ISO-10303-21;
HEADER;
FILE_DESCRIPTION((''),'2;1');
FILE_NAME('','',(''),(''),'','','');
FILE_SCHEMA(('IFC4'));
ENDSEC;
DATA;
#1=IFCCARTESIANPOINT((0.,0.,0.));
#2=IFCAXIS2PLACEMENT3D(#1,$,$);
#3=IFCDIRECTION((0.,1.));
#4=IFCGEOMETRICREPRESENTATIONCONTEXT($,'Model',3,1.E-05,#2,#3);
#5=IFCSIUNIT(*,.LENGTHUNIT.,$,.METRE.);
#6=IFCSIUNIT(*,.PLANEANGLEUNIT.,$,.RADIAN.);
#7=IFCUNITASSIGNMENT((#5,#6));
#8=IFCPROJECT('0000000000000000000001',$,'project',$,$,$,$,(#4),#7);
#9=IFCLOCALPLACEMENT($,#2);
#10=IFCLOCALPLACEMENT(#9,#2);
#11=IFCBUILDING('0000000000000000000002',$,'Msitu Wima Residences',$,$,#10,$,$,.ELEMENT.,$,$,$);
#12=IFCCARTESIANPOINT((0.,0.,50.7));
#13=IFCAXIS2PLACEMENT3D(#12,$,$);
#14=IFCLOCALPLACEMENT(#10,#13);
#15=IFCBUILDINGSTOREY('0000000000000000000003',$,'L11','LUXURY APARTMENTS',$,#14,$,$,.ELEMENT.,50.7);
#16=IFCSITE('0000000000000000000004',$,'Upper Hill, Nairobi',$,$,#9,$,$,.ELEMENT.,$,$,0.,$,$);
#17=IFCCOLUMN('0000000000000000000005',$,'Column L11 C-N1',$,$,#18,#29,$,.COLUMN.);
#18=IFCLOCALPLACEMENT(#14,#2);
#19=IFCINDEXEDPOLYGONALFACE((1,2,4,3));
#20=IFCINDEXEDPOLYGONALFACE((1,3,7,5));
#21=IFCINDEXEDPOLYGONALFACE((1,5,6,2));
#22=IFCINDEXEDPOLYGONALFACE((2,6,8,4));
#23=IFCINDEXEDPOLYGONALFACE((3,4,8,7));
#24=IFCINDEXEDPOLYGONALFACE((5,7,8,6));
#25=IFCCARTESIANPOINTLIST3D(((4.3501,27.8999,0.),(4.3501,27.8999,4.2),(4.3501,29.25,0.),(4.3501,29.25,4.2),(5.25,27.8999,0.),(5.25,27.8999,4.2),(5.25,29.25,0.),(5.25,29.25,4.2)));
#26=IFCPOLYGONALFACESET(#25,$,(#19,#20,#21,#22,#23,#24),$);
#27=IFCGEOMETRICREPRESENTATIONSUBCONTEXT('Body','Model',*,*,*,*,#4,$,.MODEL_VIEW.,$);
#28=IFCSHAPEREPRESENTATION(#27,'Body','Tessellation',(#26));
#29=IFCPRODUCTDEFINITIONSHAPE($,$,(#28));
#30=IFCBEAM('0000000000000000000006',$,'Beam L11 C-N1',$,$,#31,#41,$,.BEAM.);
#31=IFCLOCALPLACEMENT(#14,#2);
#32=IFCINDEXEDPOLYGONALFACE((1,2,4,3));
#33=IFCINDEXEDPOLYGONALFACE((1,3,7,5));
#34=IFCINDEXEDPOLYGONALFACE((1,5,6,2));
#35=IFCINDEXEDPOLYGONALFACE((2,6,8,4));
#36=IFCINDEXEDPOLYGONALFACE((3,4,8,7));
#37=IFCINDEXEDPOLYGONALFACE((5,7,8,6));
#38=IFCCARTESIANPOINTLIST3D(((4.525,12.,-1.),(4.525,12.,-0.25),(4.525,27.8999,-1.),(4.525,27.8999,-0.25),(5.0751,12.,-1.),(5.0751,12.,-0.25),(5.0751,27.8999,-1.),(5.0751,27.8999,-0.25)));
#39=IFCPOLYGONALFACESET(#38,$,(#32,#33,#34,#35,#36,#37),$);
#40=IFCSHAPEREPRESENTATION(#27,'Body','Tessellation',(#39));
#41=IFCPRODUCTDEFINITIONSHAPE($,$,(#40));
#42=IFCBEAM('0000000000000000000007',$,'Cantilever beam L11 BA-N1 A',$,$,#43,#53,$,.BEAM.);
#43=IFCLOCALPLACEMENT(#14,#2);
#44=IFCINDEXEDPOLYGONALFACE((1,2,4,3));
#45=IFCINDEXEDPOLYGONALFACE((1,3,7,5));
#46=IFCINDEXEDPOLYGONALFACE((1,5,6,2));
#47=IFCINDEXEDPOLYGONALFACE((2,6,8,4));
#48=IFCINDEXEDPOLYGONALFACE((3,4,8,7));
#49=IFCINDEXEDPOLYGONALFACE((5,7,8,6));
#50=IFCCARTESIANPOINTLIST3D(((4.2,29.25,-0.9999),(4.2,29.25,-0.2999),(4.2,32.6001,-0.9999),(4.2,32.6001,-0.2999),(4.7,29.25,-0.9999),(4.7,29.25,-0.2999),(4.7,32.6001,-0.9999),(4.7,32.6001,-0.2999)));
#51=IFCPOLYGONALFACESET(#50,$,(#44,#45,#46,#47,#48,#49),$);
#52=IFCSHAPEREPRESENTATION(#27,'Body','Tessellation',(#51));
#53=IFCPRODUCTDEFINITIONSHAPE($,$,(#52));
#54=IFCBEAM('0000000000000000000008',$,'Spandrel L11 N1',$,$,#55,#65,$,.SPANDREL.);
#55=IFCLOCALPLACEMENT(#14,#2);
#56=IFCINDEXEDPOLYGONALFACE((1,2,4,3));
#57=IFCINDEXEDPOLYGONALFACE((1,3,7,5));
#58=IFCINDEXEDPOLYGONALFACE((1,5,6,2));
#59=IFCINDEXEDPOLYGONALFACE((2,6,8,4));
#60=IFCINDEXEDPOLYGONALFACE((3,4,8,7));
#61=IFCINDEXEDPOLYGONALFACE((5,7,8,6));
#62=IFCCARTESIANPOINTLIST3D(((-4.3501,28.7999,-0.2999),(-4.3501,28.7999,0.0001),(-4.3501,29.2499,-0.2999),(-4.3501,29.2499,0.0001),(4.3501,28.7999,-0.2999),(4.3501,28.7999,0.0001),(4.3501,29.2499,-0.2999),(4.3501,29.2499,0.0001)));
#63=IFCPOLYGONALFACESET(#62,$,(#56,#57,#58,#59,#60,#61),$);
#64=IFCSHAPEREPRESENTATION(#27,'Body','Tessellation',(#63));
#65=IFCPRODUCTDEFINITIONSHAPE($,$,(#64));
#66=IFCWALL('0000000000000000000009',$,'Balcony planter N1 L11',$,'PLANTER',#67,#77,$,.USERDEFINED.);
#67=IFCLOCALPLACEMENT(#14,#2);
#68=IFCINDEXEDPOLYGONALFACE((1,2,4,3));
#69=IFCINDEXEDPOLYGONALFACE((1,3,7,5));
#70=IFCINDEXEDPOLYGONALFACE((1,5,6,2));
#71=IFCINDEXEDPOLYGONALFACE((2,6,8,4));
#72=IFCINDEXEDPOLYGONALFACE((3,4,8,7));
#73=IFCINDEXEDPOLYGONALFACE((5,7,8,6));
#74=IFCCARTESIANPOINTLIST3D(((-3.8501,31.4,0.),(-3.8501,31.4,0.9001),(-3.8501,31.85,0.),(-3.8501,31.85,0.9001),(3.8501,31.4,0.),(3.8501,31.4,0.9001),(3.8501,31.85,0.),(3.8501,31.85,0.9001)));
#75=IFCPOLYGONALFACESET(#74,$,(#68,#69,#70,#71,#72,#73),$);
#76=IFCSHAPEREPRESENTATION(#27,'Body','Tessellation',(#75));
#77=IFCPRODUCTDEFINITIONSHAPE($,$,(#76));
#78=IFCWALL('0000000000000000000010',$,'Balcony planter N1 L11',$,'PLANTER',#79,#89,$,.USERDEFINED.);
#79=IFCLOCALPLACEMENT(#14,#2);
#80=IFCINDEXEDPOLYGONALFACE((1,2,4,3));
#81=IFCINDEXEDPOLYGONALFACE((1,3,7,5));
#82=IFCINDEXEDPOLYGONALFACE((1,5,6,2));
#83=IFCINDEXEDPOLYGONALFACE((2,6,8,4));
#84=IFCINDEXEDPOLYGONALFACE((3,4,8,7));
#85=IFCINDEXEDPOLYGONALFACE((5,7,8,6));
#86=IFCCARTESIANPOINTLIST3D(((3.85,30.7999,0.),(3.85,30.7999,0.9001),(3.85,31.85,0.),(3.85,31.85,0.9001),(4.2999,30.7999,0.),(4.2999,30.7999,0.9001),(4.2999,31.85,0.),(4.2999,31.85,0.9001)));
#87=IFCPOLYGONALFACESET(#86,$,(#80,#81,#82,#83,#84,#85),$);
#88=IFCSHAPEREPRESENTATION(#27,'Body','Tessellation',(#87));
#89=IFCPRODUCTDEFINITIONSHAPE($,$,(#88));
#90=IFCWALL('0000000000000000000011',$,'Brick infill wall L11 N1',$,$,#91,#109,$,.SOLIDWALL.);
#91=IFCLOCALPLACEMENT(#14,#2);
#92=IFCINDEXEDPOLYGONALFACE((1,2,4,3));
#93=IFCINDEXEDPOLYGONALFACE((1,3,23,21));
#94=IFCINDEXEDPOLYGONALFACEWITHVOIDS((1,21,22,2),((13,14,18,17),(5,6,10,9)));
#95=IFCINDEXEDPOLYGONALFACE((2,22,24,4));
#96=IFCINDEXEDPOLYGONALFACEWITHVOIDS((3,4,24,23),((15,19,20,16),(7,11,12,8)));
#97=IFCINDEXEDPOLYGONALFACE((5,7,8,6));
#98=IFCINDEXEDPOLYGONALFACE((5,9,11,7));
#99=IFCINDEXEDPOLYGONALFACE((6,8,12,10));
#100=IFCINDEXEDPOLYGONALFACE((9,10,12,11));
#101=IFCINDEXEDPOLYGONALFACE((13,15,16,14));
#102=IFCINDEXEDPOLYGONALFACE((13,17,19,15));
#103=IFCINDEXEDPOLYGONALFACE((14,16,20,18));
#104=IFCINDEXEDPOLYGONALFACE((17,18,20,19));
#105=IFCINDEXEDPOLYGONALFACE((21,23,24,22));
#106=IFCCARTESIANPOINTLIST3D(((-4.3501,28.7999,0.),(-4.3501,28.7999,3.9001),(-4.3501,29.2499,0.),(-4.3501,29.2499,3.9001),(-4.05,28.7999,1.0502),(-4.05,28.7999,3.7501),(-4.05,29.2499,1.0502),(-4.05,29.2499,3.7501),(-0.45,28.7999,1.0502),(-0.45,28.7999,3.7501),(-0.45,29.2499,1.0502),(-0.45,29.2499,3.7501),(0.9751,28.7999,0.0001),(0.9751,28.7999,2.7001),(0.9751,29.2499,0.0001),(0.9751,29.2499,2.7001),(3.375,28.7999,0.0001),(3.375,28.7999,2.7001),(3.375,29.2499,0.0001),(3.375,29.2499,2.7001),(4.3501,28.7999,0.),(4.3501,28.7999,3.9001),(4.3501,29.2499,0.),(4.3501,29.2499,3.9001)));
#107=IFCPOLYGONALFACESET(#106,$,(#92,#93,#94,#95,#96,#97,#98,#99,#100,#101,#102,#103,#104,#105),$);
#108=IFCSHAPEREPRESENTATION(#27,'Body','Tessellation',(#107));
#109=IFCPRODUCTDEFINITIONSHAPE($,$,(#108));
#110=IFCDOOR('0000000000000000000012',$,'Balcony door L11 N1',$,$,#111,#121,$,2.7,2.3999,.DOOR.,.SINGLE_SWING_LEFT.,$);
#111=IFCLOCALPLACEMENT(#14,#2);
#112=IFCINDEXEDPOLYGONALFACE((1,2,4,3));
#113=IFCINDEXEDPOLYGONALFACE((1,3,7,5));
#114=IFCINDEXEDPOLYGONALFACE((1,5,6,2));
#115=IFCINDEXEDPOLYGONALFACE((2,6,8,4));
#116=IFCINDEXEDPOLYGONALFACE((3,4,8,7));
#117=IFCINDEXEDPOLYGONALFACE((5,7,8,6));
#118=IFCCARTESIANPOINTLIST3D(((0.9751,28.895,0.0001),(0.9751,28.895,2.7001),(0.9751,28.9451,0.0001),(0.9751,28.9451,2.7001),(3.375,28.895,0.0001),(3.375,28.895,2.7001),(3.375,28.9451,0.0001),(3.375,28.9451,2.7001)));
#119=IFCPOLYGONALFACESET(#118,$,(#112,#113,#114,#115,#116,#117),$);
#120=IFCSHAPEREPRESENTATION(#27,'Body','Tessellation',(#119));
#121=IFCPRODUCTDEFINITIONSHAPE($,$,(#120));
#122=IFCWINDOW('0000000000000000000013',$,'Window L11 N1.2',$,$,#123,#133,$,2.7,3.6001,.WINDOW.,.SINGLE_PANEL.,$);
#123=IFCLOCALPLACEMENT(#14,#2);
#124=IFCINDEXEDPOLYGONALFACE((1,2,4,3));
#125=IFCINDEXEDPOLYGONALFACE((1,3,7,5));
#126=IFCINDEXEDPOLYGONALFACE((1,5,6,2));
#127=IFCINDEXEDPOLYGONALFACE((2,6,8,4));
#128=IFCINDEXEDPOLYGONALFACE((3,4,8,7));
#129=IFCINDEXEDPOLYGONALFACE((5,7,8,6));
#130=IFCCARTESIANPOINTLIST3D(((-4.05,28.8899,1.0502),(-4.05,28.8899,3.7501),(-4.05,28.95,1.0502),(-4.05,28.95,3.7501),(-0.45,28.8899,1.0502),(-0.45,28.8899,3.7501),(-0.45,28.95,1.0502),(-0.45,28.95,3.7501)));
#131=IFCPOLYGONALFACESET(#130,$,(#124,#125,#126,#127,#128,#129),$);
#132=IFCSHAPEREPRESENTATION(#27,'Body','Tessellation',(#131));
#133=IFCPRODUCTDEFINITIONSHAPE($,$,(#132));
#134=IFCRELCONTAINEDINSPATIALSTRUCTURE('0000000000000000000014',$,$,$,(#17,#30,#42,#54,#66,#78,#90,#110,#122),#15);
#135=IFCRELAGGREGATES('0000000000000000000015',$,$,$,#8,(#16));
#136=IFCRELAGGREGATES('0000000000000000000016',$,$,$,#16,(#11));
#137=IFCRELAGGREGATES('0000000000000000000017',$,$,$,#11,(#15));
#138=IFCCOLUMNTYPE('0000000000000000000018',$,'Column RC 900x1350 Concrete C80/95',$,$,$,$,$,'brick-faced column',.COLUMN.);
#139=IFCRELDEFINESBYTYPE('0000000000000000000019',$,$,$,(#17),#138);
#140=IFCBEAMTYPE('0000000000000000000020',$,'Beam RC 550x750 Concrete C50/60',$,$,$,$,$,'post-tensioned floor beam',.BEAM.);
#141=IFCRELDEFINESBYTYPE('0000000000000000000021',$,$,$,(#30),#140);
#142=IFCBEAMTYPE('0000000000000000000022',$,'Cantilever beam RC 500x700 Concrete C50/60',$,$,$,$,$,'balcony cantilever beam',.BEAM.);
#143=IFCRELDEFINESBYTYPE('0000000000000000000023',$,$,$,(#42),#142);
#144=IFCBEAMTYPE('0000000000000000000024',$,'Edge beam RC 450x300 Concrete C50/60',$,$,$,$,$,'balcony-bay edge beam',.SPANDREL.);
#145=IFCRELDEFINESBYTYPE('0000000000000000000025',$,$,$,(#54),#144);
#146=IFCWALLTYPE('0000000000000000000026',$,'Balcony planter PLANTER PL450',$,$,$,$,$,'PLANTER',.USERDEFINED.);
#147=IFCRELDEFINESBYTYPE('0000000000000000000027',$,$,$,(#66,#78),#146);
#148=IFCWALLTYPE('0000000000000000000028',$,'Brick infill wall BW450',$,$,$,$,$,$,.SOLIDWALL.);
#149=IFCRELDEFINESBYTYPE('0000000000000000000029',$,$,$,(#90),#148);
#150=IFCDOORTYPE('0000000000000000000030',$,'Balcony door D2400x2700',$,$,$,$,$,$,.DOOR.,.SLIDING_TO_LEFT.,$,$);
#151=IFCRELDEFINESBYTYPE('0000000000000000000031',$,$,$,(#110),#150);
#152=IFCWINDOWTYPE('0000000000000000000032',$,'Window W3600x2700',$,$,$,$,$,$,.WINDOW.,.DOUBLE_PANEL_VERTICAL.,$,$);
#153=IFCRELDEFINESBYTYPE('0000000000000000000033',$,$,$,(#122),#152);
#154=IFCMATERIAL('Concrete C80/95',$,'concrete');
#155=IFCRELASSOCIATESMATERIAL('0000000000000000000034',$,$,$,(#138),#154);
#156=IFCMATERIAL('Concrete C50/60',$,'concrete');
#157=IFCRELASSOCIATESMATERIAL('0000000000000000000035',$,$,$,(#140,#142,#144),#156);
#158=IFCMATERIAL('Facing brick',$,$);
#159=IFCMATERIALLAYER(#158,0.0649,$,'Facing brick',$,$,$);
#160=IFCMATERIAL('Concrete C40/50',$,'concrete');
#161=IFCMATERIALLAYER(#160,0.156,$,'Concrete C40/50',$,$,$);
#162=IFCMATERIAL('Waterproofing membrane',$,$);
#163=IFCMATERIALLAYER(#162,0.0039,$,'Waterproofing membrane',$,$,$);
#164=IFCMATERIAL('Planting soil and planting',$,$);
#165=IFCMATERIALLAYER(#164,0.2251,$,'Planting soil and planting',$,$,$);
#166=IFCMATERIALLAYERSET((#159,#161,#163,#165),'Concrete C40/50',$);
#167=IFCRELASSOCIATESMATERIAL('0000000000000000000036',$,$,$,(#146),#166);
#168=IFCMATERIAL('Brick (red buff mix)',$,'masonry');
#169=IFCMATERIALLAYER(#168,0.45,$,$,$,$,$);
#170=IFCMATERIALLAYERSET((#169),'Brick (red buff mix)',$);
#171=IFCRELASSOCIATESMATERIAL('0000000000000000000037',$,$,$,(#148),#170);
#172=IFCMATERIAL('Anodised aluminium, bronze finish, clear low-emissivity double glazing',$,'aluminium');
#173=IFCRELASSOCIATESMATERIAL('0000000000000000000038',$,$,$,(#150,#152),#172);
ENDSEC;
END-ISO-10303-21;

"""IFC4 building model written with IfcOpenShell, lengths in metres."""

from ifc_helpers import new_model, si_unit, direction, frame, frame_2d, origin, origin_2d, place, context, subcontext, project, spatial, rectangle, extrude, material, layer, layer_set, material_profile, profile_set, type_object, element, fill, save


model = new_model("IFC4")

# Units and contexts
model_context = context("Model", 3, precision=1e-05, world=origin(), true_north=direction((0.0, 1.0)))
body_context = subcontext(model_context, "Body", "Model", "MODEL_VIEW")
ifc_project = project(units=[si_unit("LENGTHUNIT", "METRE"), si_unit("PLANEANGLEUNIT", "RADIAN")], contexts=[model_context])

# Site, building, storey
site_placement = place(None, origin())
site = spatial("IfcSite", under=ifc_project, at=site_placement, Name="Upper Hill, Nairobi", CompositionType="ELEMENT", RefElevation=0.0)
building_placement = place(site_placement, origin())
building = spatial("IfcBuilding", under=site, at=building_placement, Name="Msitu Wima Residences", CompositionType="ELEMENT")
storey_placement = place(building_placement, frame((0.0, 0.0, 50.7)))
storey = spatial("IfcBuildingStorey", under=building, at=storey_placement, Name="L11", Description="LUXURY APARTMENTS", CompositionType="ELEMENT", Elevation=50.7)

# Column
ifc_material_1 = material(Name="Concrete C80/95", Category="concrete")
ifc_material_profile_1 = material_profile(ifc_material_1, rectangle(XDim=0.8999, YDim=1.3501, at=origin_2d()), Name="RC 900x1350")
ifc_profile_set_1 = profile_set([ifc_material_profile_1], Name="Concrete C80/95")
column_type = type_object("IfcColumnType", Name="Column RC 900x1350 Concrete C80/95", ElementType="brick-faced column", PredefinedType="COLUMN", material=ifc_profile_set_1)
column_placement = place(storey_placement, frame((4.8, 28.575, 0.0), z_axis=(0.0, 0.0, 1.0), x_axis=(-1.0, 0.0, 0.0)))
element("IfcColumn", 1, at=column_placement, inside=storey, type_object=column_type, Name="Column L11 C-N1", PredefinedType="COLUMN", context=body_context, shape_type="SweptSolid", body=[
    extrude(rectangle(XDim=0.8999, YDim=1.3501, at=origin_2d()), origin(), (0.0, 0.0, 1.0), 4.2),
])

# Beams
ifc_material_2 = material(Name="Concrete C50/60", Category="concrete")
ifc_material_profile_2 = material_profile(ifc_material_2, rectangle(XDim=0.55, YDim=0.75, at=origin_2d()), Name="RC 550x750")
ifc_profile_set_2 = profile_set([ifc_material_profile_2], Name="Concrete C50/60")
beam_type_1 = type_object("IfcBeamType", Name="Beam RC 550x750 Concrete C50/60", ElementType="post-tensioned floor beam", PredefinedType="BEAM", material=ifc_profile_set_2)
beam_1_placement = place(storey_placement, frame((4.8, 27.8999, -0.625), z_axis=(0.0, -1.0, 0.0), x_axis=(1.0, 0.0, 0.0)))
element("IfcBeam", 2, at=beam_1_placement, inside=storey, type_object=beam_type_1, Name="Beam L11 C-N1", PredefinedType="BEAM", context=body_context, shape_type="SweptSolid", body=[
    extrude(rectangle(XDim=0.55, YDim=0.75, at=origin_2d()), origin(), (0.0, 0.0, 1.0), 15.8999),
])
ifc_material_profile_3 = material_profile(ifc_material_2, rectangle(XDim=0.5, YDim=0.7, at=origin_2d()), Name="RC 500x700")
ifc_profile_set_3 = profile_set([ifc_material_profile_3], Name="Concrete C50/60")
beam_type_2 = type_object("IfcBeamType", Name="Cantilever beam RC 500x700 Concrete C50/60", ElementType="balcony cantilever beam", PredefinedType="BEAM", material=ifc_profile_set_3)
beam_2_placement = place(storey_placement, frame((4.45, 29.25, -0.6499), z_axis=(0.0, 1.0, 0.0), x_axis=(-1.0, 0.0, 0.0)))
element("IfcBeam", 3, at=beam_2_placement, inside=storey, type_object=beam_type_2, Name="Cantilever beam L11 BA-N1 A", PredefinedType="BEAM", context=body_context, shape_type="SweptSolid", body=[
    extrude(rectangle(XDim=0.5, YDim=0.7, at=origin_2d()), origin(), (0.0, 0.0, 1.0), 3.3501),
])
ifc_material_profile_4 = material_profile(ifc_material_2, rectangle(XDim=0.45, YDim=0.3, at=origin_2d()), Name="RC 450x300")
ifc_profile_set_4 = profile_set([ifc_material_profile_4], Name="Concrete C50/60")
beam_type_3 = type_object("IfcBeamType", Name="Edge beam RC 450x300 Concrete C50/60", ElementType="balcony-bay edge beam", PredefinedType="SPANDREL", material=ifc_profile_set_4)
beam_3_placement = place(storey_placement, frame((4.3501, 29.0249, -0.1499), z_axis=(-1.0, 0.0, 0.0), x_axis=(0.0, -1.0, 0.0)))
element("IfcBeam", 4, at=beam_3_placement, inside=storey, type_object=beam_type_3, Name="Spandrel L11 N1", PredefinedType="SPANDREL", context=body_context, shape_type="SweptSolid", body=[
    extrude(rectangle(XDim=0.45, YDim=0.3, at=origin_2d()), origin(), (0.0, 0.0, 1.0), 8.7002),
])

# Walls
ifc_material_3 = material(Name="Facing brick")
ifc_layer_1 = layer(ifc_material_3, 0.0649, Name="Facing brick")
ifc_material_4 = material(Name="Concrete C40/50", Category="concrete")
ifc_layer_2 = layer(ifc_material_4, 0.156, Name="Concrete C40/50")
ifc_material_5 = material(Name="Waterproofing membrane")
ifc_layer_3 = layer(ifc_material_5, 0.0039, Name="Waterproofing membrane")
ifc_material_6 = material(Name="Planting soil and planting")
ifc_layer_4 = layer(ifc_material_6, 0.2251, Name="Planting soil and planting")
ifc_layer_set_1 = layer_set([ifc_layer_1, ifc_layer_2, ifc_layer_3, ifc_layer_4], Name="Concrete C40/50")
wall_type_1 = type_object("IfcWallType", Name="Balcony planter PLANTER PL450", ElementType="PLANTER", PredefinedType="USERDEFINED", material=ifc_layer_set_1)
wall_1_placement = place(storey_placement, frame((3.8501, 31.625, 0.0), z_axis=(0.0, 0.0, 1.0), x_axis=(-1.0, 0.0, 0.0)))
element("IfcWall", 5, at=wall_1_placement, inside=storey, type_object=wall_type_1, Name="Balcony planter N1 L11", ObjectType="PLANTER", PredefinedType="USERDEFINED", context=body_context, shape_type="SweptSolid", body=[
    extrude(rectangle(XDim=7.7002, YDim=0.45, at=frame_2d((3.8501, 0.0))), origin(), (0.0, 0.0, 1.0), 0.9001),
])
wall_2_placement = place(storey_placement, frame((4.075, 30.8, 0.0), z_axis=(0.0, 0.0, 1.0), x_axis=(0.0, 1.0, 0.0)))
element("IfcWall", 6, at=wall_2_placement, inside=storey, type_object=wall_type_1, Name="Balcony planter N1 L11", ObjectType="PLANTER", PredefinedType="USERDEFINED", context=body_context, shape_type="SweptSolid", body=[
    extrude(rectangle(XDim=1.05, YDim=0.45, at=frame_2d((0.5249, 0.0))), origin(), (0.0, 0.0, 1.0), 0.9001),
])

# Wall, openings, door, window
ifc_material_7 = material(Name="Brick (red buff mix)", Category="masonry")
ifc_layer_5 = layer(ifc_material_7, 0.45)
ifc_layer_set_2 = layer_set([ifc_layer_5], Name="Brick (red buff mix)")
wall_type_2 = type_object("IfcWallType", Name="Brick infill wall BW450", PredefinedType="SOLIDWALL", material=ifc_layer_set_2)
wall_3_placement = place(storey_placement, frame((4.3501, 29.0249, 0.0), z_axis=(0.0, 0.0, 1.0), x_axis=(-1.0, 0.0, 0.0)))
wall_3 = element("IfcWall", 7, at=wall_3_placement, inside=storey, type_object=wall_type_2, Name="Brick infill wall L11 N1", PredefinedType="SOLIDWALL", context=body_context, shape_type="SweptSolid", body=[
    extrude(rectangle(XDim=8.7002, YDim=0.45, at=frame_2d((4.3501, 0.0))), origin(), (0.0, 0.0, 1.0), 3.9001),
])
opening_1_placement = place(wall_3_placement, frame((0.9751, 0.0, 0.0)))
opening_1 = element("IfcOpeningElement", 8, at=opening_1_placement, cuts=wall_3, PredefinedType="OPENING", context=body_context, shape_type="SweptSolid", body=[
    extrude(rectangle(XDim=2.3999, YDim=2.7, at=frame_2d((1.2, 1.3501))), frame((0.0, 0.2349, 0.0), z_axis=(0.0, -1.0, 0.0), x_axis=(1.0, 0.0, 0.0)), (0.0, 0.0, 1.0), 0.47),
])
opening_2_placement = place(wall_3_placement, frame((4.8, 0.0, 1.05)))
opening_2 = element("IfcOpeningElement", 9, at=opening_2_placement, cuts=wall_3, PredefinedType="OPENING", context=body_context, shape_type="SweptSolid", body=[
    extrude(rectangle(XDim=3.6001, YDim=2.7, at=frame_2d((1.8, 1.3501))), frame((0.0, 0.2349, 0.0), z_axis=(0.0, -1.0, 0.0), x_axis=(1.0, 0.0, 0.0)), (0.0, 0.0, 1.0), 0.47),
])
ifc_material_8 = material(Name="Anodised aluminium, bronze finish, clear low-emissivity double glazing", Category="aluminium")
door_type_1 = type_object("IfcDoorType", Name="Balcony door D2400x2700", OperationType="SLIDING_TO_LEFT", PredefinedType="DOOR", material=ifc_material_8)
door_1_placement = place(opening_1_placement, origin())
door_1 = element("IfcDoor", 10, at=door_1_placement, inside=storey, type_object=door_type_1, Name="Balcony door L11 N1", OperationType="SINGLE_SWING_LEFT", OverallHeight=2.7, OverallWidth=2.3999, PredefinedType="DOOR", context=body_context, shape_type="SweptSolid", body=[
    extrude(rectangle(XDim=2.3999, YDim=2.7, at=frame_2d((1.2, 1.3501))), frame((0.0, 0.1299, 0.0), z_axis=(0.0, -1.0, 0.0), x_axis=(1.0, 0.0, 0.0)), (0.0, 0.0, 1.0), 0.05),
])
fill(opening_1, door_1)
window_type = type_object("IfcWindowType", Name="Window W3600x2700", PartitioningType="DOUBLE_PANEL_VERTICAL", PredefinedType="WINDOW", material=ifc_material_8)
window_placement = place(opening_2_placement, origin())
window = element("IfcWindow", 11, at=window_placement, inside=storey, type_object=window_type, Name="Window L11 N1.2", OverallHeight=2.7, OverallWidth=3.6001, PartitioningType="SINGLE_PANEL", PredefinedType="WINDOW", context=body_context, shape_type="SweptSolid", body=[
    extrude(rectangle(XDim=3.6001, YDim=2.7, at=frame_2d((1.8, 1.3501))), frame((0.0, 0.135, 0.0), z_axis=(0.0, -1.0, 0.0), x_axis=(1.0, 0.0, 0.0)), (0.0, 0.0, 1.0), 0.0601),
])
fill(opening_2, window)

save(model, "model.ifc")
